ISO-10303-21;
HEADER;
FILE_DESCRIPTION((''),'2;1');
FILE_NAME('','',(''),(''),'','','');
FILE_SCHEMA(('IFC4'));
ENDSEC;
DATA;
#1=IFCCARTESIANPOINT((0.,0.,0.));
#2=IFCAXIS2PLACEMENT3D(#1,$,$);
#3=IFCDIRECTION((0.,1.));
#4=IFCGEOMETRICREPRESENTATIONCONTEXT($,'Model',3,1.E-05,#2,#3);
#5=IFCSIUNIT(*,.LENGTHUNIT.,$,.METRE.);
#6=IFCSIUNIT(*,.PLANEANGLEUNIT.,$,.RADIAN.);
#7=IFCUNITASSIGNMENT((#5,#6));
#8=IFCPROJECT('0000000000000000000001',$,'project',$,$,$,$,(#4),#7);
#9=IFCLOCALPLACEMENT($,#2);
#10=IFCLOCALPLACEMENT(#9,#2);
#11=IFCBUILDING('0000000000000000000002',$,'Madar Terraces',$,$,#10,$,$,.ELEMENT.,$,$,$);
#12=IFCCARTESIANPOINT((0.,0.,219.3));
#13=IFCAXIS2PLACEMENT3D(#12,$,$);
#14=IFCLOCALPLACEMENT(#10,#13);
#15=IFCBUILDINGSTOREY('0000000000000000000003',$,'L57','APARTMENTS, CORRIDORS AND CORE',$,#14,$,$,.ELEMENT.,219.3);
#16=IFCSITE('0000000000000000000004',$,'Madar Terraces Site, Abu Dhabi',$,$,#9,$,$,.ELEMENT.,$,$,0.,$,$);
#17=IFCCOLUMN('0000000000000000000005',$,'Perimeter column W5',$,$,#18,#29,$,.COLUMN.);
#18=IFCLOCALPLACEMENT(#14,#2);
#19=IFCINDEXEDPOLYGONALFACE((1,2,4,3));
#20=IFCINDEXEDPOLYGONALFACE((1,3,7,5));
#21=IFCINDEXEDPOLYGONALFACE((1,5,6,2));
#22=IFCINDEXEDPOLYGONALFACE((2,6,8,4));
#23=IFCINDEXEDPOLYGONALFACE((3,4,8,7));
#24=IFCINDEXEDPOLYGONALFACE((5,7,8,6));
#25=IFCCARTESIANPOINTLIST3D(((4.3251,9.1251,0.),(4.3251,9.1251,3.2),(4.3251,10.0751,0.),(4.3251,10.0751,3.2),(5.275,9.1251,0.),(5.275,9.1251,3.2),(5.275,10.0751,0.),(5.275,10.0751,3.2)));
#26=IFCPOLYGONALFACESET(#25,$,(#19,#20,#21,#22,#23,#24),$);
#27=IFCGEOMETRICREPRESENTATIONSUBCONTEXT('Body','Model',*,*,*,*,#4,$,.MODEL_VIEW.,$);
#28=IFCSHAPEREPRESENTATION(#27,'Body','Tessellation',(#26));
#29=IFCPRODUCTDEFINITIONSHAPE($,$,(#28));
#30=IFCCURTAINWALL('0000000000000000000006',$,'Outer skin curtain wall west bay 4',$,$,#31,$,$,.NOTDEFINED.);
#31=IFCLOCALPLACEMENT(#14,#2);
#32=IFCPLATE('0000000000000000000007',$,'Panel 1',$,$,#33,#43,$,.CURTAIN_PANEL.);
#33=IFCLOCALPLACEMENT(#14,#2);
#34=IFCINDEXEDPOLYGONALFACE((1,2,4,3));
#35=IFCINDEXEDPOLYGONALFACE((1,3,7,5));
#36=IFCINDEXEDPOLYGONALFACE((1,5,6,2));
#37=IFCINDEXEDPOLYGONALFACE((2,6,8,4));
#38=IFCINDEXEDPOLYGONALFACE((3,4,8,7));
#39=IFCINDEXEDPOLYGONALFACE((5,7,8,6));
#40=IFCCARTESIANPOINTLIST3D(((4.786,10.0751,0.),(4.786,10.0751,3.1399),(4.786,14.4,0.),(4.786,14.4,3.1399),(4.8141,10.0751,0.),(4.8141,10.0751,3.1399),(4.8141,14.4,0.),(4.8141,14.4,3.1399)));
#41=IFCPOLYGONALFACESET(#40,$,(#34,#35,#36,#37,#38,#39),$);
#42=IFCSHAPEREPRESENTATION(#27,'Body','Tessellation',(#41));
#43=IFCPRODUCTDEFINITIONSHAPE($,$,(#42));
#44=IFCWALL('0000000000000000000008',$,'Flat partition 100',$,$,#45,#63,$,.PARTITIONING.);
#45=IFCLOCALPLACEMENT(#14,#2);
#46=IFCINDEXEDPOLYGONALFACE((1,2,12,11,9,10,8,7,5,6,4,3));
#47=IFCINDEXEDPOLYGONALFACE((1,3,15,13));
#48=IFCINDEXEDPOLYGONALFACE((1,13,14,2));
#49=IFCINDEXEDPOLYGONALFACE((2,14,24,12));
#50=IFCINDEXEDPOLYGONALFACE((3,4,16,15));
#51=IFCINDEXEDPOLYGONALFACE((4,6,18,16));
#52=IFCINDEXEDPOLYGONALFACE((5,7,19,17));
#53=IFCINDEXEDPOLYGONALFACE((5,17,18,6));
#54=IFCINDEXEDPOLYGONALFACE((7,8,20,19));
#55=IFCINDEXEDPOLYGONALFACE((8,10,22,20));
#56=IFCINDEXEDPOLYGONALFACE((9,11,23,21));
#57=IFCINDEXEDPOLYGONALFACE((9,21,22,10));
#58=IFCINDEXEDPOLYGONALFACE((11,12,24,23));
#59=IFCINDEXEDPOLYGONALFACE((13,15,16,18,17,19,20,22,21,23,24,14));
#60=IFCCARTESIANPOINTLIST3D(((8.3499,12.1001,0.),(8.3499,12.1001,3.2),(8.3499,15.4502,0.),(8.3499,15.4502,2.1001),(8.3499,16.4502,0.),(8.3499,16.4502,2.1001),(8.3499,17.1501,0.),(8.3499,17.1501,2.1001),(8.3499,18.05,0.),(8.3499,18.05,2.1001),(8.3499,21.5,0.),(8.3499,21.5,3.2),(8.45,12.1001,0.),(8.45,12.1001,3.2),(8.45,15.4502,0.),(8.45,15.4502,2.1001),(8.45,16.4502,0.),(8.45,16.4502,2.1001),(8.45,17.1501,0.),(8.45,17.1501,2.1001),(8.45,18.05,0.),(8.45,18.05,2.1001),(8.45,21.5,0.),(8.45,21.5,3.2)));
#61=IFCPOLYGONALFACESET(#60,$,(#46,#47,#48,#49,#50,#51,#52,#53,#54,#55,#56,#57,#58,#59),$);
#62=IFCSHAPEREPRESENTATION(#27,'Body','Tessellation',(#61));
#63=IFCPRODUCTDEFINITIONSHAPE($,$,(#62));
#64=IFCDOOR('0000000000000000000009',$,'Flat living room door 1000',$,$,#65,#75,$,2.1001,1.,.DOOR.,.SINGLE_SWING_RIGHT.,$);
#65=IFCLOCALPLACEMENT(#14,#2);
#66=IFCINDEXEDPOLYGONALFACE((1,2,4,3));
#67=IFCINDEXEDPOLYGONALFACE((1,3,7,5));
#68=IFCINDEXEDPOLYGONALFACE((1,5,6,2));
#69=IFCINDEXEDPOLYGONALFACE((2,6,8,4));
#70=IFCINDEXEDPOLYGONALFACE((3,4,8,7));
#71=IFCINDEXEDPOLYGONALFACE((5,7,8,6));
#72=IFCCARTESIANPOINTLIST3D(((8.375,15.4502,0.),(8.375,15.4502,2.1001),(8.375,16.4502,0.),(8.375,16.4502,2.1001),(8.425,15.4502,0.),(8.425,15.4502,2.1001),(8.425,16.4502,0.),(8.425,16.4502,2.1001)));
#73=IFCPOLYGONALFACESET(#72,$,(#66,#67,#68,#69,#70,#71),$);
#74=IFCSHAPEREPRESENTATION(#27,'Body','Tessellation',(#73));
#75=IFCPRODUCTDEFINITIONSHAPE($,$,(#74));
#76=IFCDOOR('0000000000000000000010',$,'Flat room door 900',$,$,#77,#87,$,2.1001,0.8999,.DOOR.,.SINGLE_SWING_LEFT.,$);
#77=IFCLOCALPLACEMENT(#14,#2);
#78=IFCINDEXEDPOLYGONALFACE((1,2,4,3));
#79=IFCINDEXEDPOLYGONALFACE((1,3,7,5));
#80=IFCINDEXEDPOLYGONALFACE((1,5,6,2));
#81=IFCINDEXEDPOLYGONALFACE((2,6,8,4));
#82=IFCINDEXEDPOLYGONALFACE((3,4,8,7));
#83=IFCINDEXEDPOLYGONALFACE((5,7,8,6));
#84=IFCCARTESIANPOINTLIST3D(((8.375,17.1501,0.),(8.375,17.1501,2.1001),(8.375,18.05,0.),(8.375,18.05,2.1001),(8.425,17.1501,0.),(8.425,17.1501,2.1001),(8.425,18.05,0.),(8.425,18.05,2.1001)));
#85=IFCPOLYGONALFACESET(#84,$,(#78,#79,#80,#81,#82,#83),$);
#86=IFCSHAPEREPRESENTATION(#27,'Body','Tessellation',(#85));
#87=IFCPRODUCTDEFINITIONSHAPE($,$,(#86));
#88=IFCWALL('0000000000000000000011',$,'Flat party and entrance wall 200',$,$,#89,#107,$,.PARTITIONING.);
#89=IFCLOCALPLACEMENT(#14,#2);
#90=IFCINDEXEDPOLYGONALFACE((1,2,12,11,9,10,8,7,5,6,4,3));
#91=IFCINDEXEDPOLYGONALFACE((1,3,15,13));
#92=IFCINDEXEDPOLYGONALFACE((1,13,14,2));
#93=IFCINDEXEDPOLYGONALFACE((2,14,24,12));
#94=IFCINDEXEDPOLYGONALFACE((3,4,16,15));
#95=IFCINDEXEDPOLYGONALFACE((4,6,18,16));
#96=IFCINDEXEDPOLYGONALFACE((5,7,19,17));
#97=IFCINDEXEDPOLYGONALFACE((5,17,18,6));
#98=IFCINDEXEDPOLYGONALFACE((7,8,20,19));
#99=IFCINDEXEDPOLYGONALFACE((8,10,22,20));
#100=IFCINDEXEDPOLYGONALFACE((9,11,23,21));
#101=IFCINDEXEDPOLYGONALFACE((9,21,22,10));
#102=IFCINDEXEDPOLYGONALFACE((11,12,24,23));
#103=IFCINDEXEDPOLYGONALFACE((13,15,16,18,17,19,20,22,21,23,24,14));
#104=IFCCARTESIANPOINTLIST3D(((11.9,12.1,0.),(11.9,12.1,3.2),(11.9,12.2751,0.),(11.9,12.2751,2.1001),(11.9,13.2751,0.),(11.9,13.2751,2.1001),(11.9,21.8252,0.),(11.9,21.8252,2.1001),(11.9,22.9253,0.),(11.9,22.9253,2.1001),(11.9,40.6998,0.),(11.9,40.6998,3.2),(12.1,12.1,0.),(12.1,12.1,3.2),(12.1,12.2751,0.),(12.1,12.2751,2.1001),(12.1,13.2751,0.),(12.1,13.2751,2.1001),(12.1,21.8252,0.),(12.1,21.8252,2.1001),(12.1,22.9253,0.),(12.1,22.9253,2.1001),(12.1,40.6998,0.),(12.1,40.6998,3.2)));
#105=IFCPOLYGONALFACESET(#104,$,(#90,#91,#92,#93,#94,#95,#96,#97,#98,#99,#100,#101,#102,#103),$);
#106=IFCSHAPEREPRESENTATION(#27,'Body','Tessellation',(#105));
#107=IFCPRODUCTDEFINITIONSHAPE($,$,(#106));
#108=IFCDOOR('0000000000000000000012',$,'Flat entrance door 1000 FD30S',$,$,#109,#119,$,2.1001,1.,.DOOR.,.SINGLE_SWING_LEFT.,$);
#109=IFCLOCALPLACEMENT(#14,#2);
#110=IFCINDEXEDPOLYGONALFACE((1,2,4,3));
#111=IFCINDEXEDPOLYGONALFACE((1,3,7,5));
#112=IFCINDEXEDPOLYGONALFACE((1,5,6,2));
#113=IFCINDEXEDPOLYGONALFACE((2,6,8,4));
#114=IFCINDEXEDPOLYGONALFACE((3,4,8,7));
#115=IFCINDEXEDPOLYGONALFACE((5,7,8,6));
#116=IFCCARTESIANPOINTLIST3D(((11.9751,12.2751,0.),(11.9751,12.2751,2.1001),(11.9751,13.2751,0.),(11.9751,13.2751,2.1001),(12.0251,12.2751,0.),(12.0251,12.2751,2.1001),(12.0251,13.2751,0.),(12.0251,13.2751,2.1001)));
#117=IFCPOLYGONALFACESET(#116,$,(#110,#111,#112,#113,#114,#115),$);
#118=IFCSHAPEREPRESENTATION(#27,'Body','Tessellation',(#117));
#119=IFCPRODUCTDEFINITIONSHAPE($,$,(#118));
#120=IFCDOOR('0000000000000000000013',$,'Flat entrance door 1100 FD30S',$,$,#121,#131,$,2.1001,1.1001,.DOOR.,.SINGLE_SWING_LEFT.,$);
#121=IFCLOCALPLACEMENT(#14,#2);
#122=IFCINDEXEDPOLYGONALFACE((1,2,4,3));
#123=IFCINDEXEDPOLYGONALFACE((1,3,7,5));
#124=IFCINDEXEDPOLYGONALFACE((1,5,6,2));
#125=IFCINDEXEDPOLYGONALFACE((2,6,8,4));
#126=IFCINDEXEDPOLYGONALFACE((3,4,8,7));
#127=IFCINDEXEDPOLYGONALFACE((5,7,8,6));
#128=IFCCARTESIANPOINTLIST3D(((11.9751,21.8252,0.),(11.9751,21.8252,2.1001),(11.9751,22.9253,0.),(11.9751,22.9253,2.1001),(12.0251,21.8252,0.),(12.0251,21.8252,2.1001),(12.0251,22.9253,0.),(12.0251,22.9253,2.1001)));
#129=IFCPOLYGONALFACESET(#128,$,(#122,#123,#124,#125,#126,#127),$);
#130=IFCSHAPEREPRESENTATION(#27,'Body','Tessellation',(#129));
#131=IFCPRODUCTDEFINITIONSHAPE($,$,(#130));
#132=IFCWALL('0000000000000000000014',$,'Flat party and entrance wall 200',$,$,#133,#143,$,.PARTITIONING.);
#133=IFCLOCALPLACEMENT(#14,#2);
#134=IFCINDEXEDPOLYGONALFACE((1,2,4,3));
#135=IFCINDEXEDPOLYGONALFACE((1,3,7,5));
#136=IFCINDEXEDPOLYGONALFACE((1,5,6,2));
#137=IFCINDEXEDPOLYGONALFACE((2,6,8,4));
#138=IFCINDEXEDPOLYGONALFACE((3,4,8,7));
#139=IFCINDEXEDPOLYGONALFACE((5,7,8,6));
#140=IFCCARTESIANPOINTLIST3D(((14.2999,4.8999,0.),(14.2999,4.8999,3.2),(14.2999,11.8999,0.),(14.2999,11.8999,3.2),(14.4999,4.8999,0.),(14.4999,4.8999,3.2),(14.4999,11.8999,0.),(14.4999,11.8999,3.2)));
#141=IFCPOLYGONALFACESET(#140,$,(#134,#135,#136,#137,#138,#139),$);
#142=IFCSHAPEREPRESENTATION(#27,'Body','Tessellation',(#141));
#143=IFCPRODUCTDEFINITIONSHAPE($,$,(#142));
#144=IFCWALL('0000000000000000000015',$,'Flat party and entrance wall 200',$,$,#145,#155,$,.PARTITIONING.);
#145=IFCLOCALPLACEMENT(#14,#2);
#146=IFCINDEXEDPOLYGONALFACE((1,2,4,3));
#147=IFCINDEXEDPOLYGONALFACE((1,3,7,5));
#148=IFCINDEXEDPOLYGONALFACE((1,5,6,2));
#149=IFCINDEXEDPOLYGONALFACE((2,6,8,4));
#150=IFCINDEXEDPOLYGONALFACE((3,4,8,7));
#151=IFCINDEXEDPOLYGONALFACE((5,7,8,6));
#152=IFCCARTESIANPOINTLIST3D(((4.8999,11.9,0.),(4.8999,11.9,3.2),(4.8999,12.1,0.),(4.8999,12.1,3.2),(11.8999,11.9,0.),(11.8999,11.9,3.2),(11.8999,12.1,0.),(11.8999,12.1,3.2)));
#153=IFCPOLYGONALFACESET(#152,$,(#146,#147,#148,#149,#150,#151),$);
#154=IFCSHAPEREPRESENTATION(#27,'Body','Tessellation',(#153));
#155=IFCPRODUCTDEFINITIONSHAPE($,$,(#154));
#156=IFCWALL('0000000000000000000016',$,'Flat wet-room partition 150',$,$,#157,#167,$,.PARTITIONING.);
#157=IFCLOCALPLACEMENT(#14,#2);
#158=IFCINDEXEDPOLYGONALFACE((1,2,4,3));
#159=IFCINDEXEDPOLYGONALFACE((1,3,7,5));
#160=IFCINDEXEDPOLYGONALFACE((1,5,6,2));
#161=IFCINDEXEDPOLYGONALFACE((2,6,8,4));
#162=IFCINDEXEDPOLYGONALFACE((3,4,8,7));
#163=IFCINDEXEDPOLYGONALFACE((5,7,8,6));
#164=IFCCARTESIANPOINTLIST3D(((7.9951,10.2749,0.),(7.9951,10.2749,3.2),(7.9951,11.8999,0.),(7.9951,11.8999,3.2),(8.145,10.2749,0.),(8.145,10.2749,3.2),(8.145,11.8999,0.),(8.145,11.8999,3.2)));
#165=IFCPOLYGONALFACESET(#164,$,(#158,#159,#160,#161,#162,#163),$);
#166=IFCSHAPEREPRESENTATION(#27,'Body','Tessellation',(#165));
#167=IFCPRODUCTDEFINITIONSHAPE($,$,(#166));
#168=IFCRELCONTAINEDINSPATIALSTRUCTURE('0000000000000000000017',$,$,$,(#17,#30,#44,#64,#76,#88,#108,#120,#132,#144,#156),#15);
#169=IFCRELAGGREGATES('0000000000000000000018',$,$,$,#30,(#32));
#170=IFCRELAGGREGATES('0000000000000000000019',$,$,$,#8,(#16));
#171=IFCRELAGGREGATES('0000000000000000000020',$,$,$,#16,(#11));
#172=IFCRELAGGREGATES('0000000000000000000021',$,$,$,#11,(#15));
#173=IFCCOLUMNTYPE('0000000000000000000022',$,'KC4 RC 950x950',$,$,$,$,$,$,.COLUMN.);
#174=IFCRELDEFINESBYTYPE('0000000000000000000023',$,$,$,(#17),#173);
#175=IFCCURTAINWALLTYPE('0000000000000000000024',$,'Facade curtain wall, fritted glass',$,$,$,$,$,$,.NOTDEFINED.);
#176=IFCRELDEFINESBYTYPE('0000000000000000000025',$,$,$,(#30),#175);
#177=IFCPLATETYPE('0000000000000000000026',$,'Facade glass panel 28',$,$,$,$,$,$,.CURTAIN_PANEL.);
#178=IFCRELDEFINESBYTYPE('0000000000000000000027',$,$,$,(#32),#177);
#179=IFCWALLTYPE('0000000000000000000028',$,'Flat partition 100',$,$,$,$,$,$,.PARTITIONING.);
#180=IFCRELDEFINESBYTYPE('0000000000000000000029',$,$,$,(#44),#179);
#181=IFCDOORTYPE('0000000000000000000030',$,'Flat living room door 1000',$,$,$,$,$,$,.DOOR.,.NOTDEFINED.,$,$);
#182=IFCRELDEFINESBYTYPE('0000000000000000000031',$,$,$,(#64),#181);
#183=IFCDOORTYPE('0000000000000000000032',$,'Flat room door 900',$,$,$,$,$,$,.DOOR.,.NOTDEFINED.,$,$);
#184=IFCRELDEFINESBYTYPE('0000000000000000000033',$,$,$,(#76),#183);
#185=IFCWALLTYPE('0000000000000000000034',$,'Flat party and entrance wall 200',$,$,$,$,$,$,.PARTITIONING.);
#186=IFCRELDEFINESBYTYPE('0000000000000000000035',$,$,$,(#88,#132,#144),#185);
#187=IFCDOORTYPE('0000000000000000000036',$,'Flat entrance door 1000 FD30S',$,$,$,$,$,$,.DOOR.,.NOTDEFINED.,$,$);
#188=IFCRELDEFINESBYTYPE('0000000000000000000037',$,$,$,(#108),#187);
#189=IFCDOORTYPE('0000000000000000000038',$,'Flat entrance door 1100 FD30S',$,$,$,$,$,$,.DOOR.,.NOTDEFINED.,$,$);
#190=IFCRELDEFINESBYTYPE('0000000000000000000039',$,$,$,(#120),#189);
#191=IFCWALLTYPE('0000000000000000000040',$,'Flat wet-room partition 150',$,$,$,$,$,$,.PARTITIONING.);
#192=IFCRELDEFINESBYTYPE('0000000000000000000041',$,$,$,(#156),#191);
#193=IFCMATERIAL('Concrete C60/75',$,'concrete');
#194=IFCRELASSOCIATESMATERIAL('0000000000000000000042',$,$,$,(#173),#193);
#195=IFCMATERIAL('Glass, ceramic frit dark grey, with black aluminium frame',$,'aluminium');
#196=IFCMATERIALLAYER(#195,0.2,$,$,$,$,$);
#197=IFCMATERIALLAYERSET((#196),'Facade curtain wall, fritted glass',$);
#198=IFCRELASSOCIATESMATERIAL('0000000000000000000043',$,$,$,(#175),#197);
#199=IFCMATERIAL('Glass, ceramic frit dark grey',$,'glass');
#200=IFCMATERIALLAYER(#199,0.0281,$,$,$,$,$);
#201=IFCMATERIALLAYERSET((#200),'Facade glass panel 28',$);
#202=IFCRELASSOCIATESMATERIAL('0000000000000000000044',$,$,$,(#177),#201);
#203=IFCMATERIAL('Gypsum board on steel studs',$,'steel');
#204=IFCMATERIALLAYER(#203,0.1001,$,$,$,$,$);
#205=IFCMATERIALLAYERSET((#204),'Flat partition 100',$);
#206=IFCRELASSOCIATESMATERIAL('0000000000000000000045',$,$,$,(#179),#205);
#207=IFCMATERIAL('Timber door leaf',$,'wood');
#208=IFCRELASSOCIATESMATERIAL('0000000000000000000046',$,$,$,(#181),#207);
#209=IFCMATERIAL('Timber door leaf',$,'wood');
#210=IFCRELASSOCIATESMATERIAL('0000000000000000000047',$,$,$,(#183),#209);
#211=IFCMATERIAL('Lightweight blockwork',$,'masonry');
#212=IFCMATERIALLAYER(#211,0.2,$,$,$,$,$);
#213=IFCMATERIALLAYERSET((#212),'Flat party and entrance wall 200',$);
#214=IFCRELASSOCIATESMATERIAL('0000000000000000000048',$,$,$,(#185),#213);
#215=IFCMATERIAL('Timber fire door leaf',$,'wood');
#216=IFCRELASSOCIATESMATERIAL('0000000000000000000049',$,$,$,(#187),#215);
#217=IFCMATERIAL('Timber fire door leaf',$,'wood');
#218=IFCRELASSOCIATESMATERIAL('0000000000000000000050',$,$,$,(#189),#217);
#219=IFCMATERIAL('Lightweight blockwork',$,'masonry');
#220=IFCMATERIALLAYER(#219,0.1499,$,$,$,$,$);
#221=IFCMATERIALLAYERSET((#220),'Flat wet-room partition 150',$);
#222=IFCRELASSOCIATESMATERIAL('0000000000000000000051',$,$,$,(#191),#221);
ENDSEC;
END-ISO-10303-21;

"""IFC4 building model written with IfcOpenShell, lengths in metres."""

from ifc_helpers import new_model, si_unit, direction, frame, frame_2d, origin, origin_2d, place, context, subcontext, project, spatial, rectangle, extrude, material, layer, layer_set, material_profile, profile_set, type_object, element, fill, aggregate, save


model = new_model("IFC4")

# Units and contexts
model_context = context("Model", 3, precision=1e-05, world=origin(), true_north=direction((0.0, 1.0)))
body_context = subcontext(model_context, "Body", "Model", "MODEL_VIEW")
ifc_project = project(units=[si_unit("LENGTHUNIT", "METRE"), si_unit("PLANEANGLEUNIT", "RADIAN")], contexts=[model_context])

# Site, building, storey
site_placement = place(None, origin())
site = spatial("IfcSite", under=ifc_project, at=site_placement, Name="Madar Terraces Site, Abu Dhabi", CompositionType="ELEMENT", RefElevation=0.0)
building_placement = place(site_placement, origin())
building = spatial("IfcBuilding", under=site, at=building_placement, Name="Madar Terraces", CompositionType="ELEMENT")
storey_placement = place(building_placement, frame((0.0, 0.0, 219.3)))
storey = spatial("IfcBuildingStorey", under=building, at=storey_placement, Name="L57", Description="APARTMENTS, CORRIDORS AND CORE", CompositionType="ELEMENT", Elevation=219.3)

# Column
ifc_material_1 = material(Name="Concrete C60/75", Category="concrete")
ifc_material_profile = material_profile(ifc_material_1, rectangle(XDim=0.95, YDim=0.95, at=origin_2d()), Name="KC4 RC 950x950")
ifc_profile_set = profile_set([ifc_material_profile], Name="Concrete C60/75")
column_type = type_object("IfcColumnType", Name="KC4 RC 950x950", PredefinedType="COLUMN", material=ifc_profile_set)
column_placement = place(storey_placement, frame((4.8, 9.6001, 0.0), z_axis=(0.0, 0.0, 1.0), x_axis=(1.0, 0.0, 0.0)))
element("IfcColumn", 1, at=column_placement, inside=storey, type_object=column_type, Name="Perimeter column W5", PredefinedType="COLUMN", context=body_context, shape_type="SweptSolid", body=[
    extrude(rectangle(XDim=0.95, YDim=0.95, at=origin_2d()), origin(), (0.0, 0.0, 1.0), 3.2),
])

# Curtain wall, plate
ifc_material_2 = material(Name="Glass, ceramic frit dark grey, with black aluminium frame", Category="aluminium")
ifc_layer_1 = layer(ifc_material_2, 0.2)
ifc_layer_set_1 = layer_set([ifc_layer_1], Name="Facade curtain wall, fritted glass")
curtain_wall_type = type_object("IfcCurtainWallType", Name="Facade curtain wall, fritted glass", PredefinedType="NOTDEFINED", material=ifc_layer_set_1)
curtain_wall_placement = place(storey_placement, origin())
curtain_wall = element("IfcCurtainWall", 2, at=curtain_wall_placement, inside=storey, type_object=curtain_wall_type, Name="Outer skin curtain wall west bay 4", PredefinedType="NOTDEFINED")
ifc_material_3 = material(Name="Glass, ceramic frit dark grey", Category="glass")
ifc_layer_2 = layer(ifc_material_3, 0.0281)
ifc_layer_set_2 = layer_set([ifc_layer_2], Name="Facade glass panel 28")
plate_type = type_object("IfcPlateType", Name="Facade glass panel 28", PredefinedType="CURTAIN_PANEL", material=ifc_layer_set_2)
plate_placement = place(storey_placement, frame((4.8, 12.2375, 0.0), z_axis=(0.0, 0.0, 1.0), x_axis=(0.0, -1.0, 0.0)))
plate = element("IfcPlate", 3, at=plate_placement, type_object=plate_type, Name="Panel 1", PredefinedType="CURTAIN_PANEL", context=body_context, shape_type="SweptSolid", body=[
    extrude(rectangle(XDim=4.325, YDim=0.0281, at=origin_2d()), origin(), (0.0, 0.0, 1.0), 3.1399),
])
aggregate(curtain_wall, [plate])

# Walls, openings, doors
ifc_material_4 = material(Name="Gypsum board on steel studs", Category="steel")
ifc_layer_3 = layer(ifc_material_4, 0.1001)
ifc_layer_set_3 = layer_set([ifc_layer_3], Name="Flat partition 100")
wall_type_1 = type_object("IfcWallType", Name="Flat partition 100", PredefinedType="PARTITIONING", material=ifc_layer_set_3)
wall_1_placement = place(storey_placement, frame((8.3999, 12.1001, 0.0), z_axis=(0.0, 0.0, 1.0), x_axis=(0.0, 1.0, 0.0)))
wall_1 = element("IfcWall", 4, at=wall_1_placement, inside=storey, type_object=wall_type_1, Name="Flat partition 100", PredefinedType="PARTITIONING", context=body_context, shape_type="SweptSolid", body=[
    extrude(rectangle(XDim=9.3999, YDim=0.1001, at=frame_2d((4.7, 0.0))), origin(), (0.0, 0.0, 1.0), 3.2),
])
opening_1_placement = place(wall_1_placement, frame((3.3501, 0.0, 0.0)))
opening_1 = element("IfcOpeningElement", 5, at=opening_1_placement, cuts=wall_1, PredefinedType="OPENING", context=body_context, shape_type="SweptSolid", body=[
    extrude(rectangle(XDim=1.0, YDim=2.1001, at=frame_2d((0.5, 1.05))), frame((0.0, 0.0601, 0.0), z_axis=(0.0, -1.0, 0.0), x_axis=(1.0, 0.0, 0.0)), (0.0, 0.0, 1.0), 0.1201),
])
opening_2_placement = place(wall_1_placement, frame((5.05, 0.0, 0.0)))
opening_2 = element("IfcOpeningElement", 6, at=opening_2_placement, cuts=wall_1, PredefinedType="OPENING", context=body_context, shape_type="SweptSolid", body=[
    extrude(rectangle(XDim=0.8999, YDim=2.1001, at=frame_2d((0.45, 1.05))), frame((0.0, 0.0601, 0.0), z_axis=(0.0, -1.0, 0.0), x_axis=(1.0, 0.0, 0.0)), (0.0, 0.0, 1.0), 0.1201),
])
ifc_material_5 = material(Name="Timber door leaf", Category="wood")
door_type_1 = type_object("IfcDoorType", Name="Flat living room door 1000", OperationType="NOTDEFINED", PredefinedType="DOOR", material=ifc_material_5)
door_1_placement = place(opening_1_placement, origin())
door_1 = element("IfcDoor", 7, at=door_1_placement, inside=storey, type_object=door_type_1, Name="Flat living room door 1000", OperationType="SINGLE_SWING_RIGHT", OverallHeight=2.1001, OverallWidth=1.0, PredefinedType="DOOR", context=body_context, shape_type="SweptSolid", body=[
    extrude(rectangle(XDim=1.0, YDim=2.1001, at=frame_2d((0.5, 1.05))), frame((0.0, 0.0249, 0.0), z_axis=(0.0, -1.0, 0.0), x_axis=(1.0, 0.0, 0.0)), (0.0, 0.0, 1.0), 0.05),
])
fill(opening_1, door_1)
ifc_material_6 = material(Name="Timber door leaf", Category="wood")
door_type_2 = type_object("IfcDoorType", Name="Flat room door 900", OperationType="NOTDEFINED", PredefinedType="DOOR", material=ifc_material_6)
door_2_placement = place(opening_2_placement, origin())
door_2 = element("IfcDoor", 8, at=door_2_placement, inside=storey, type_object=door_type_2, Name="Flat room door 900", OperationType="SINGLE_SWING_LEFT", OverallHeight=2.1001, OverallWidth=0.8999, PredefinedType="DOOR", context=body_context, shape_type="SweptSolid", body=[
    extrude(rectangle(XDim=0.8999, YDim=2.1001, at=frame_2d((0.45, 1.05))), frame((0.0, 0.0249, 0.0), z_axis=(0.0, -1.0, 0.0), x_axis=(1.0, 0.0, 0.0)), (0.0, 0.0, 1.0), 0.05),
])
fill(opening_2, door_2)
ifc_material_7 = material(Name="Lightweight blockwork", Category="masonry")
ifc_layer_4 = layer(ifc_material_7, 0.2)
ifc_layer_set_4 = layer_set([ifc_layer_4], Name="Flat party and entrance wall 200")
wall_type_2 = type_object("IfcWallType", Name="Flat party and entrance wall 200", PredefinedType="PARTITIONING", material=ifc_layer_set_4)
wall_2_placement = place(storey_placement, frame((12.0, 12.1001, 0.0), z_axis=(0.0, 0.0, 1.0), x_axis=(0.0, 1.0, 0.0)))
wall_2 = element("IfcWall", 9, at=wall_2_placement, inside=storey, type_object=wall_type_2, Name="Flat party and entrance wall 200", PredefinedType="PARTITIONING", context=body_context, shape_type="SweptSolid", body=[
    extrude(rectangle(XDim=28.5999, YDim=0.2, at=frame_2d((14.2998, 0.0))), origin(), (0.0, 0.0, 1.0), 3.2),
])
opening_3_placement = place(wall_2_placement, frame((9.7251, 0.0, 0.0)))
opening_3 = element("IfcOpeningElement", 10, at=opening_3_placement, cuts=wall_2, PredefinedType="OPENING", context=body_context, shape_type="SweptSolid", body=[
    extrude(rectangle(XDim=1.1001, YDim=2.1001, at=frame_2d((0.55, 1.05))), frame((0.0, 0.1099, 0.0), z_axis=(0.0, -1.0, 0.0), x_axis=(1.0, 0.0, 0.0)), (0.0, 0.0, 1.0), 0.22),
])
opening_4_placement = place(wall_2_placement, frame((0.175, 0.0, 0.0)))
opening_4 = element("IfcOpeningElement", 11, at=opening_4_placement, cuts=wall_2, PredefinedType="OPENING", context=body_context, shape_type="SweptSolid", body=[
    extrude(rectangle(XDim=1.0, YDim=2.1001, at=frame_2d((0.5, 1.05))), frame((0.0, 0.1099, 0.0), z_axis=(0.0, -1.0, 0.0), x_axis=(1.0, 0.0, 0.0)), (0.0, 0.0, 1.0), 0.22),
])
ifc_material_8 = material(Name="Timber fire door leaf", Category="wood")
door_type_3 = type_object("IfcDoorType", Name="Flat entrance door 1000 FD30S", OperationType="NOTDEFINED", PredefinedType="DOOR", material=ifc_material_8)
door_3_placement = place(opening_4_placement, origin())
door_3 = element("IfcDoor", 12, at=door_3_placement, inside=storey, type_object=door_type_3, Name="Flat entrance door 1000 FD30S", OperationType="SINGLE_SWING_LEFT", OverallHeight=2.1001, OverallWidth=1.0, PredefinedType="DOOR", context=body_context, shape_type="SweptSolid", body=[
    extrude(rectangle(XDim=1.0, YDim=2.1001, at=frame_2d((0.5, 1.05))), frame((0.0, 0.0249, 0.0), z_axis=(0.0, -1.0, 0.0), x_axis=(1.0, 0.0, 0.0)), (0.0, 0.0, 1.0), 0.05),
])
fill(opening_4, door_3)
ifc_material_9 = material(Name="Timber fire door leaf", Category="wood")
door_type_4 = type_object("IfcDoorType", Name="Flat entrance door 1100 FD30S", OperationType="NOTDEFINED", PredefinedType="DOOR", material=ifc_material_9)
door_4_placement = place(opening_3_placement, origin())
door_4 = element("IfcDoor", 13, at=door_4_placement, inside=storey, type_object=door_type_4, Name="Flat entrance door 1100 FD30S", OperationType="SINGLE_SWING_LEFT", OverallHeight=2.1001, OverallWidth=1.1001, PredefinedType="DOOR", context=body_context, shape_type="SweptSolid", body=[
    extrude(rectangle(XDim=1.1001, YDim=2.1001, at=frame_2d((0.55, 1.05))), frame((0.0, 0.0249, 0.0), z_axis=(0.0, -1.0, 0.0), x_axis=(1.0, 0.0, 0.0)), (0.0, 0.0, 1.0), 0.05),
])
fill(opening_3, door_4)

# Walls
for number, where, z_axis, x_axis, name in (
    (14, (14.3999, 11.8999, 0.0), (0.0, 0.0, 1.0), (0.0, -1.0, 0.0), "Flat party and entrance wall 200"),
    (15, (4.8999, 12.0, 0.0), (0.0, 0.0, 1.0), (1.0, 0.0, 0.0), "Flat party and entrance wall 200"),
):
    element("IfcWall", number, at=place(storey_placement, frame(where, z_axis=z_axis, x_axis=x_axis)), inside=storey, type_object=wall_type_2, Name=name, PredefinedType="PARTITIONING", context=body_context, shape_type="SweptSolid", body=[
        extrude(rectangle(XDim=7.0, YDim=0.2, at=frame_2d((3.5, 0.0))), origin(), (0.0, 0.0, 1.0), 3.2),
    ])
ifc_material_10 = material(Name="Lightweight blockwork", Category="masonry")
ifc_layer_5 = layer(ifc_material_10, 0.1499)
ifc_layer_set_5 = layer_set([ifc_layer_5], Name="Flat wet-room partition 150")
wall_type_3 = type_object("IfcWallType", Name="Flat wet-room partition 150", PredefinedType="PARTITIONING", material=ifc_layer_set_5)
wall_3_placement = place(storey_placement, frame((8.0701, 11.8999, 0.0), z_axis=(0.0, 0.0, 1.0), x_axis=(0.0, -1.0, 0.0)))
element("IfcWall", 16, at=wall_3_placement, inside=storey, type_object=wall_type_3, Name="Flat wet-room partition 150", PredefinedType="PARTITIONING", context=body_context, shape_type="SweptSolid", body=[
    extrude(rectangle(XDim=1.625, YDim=0.1499, at=frame_2d((0.8125, 0.0))), origin(), (0.0, 0.0, 1.0), 3.2),
])

save(model, "model.ifc")
